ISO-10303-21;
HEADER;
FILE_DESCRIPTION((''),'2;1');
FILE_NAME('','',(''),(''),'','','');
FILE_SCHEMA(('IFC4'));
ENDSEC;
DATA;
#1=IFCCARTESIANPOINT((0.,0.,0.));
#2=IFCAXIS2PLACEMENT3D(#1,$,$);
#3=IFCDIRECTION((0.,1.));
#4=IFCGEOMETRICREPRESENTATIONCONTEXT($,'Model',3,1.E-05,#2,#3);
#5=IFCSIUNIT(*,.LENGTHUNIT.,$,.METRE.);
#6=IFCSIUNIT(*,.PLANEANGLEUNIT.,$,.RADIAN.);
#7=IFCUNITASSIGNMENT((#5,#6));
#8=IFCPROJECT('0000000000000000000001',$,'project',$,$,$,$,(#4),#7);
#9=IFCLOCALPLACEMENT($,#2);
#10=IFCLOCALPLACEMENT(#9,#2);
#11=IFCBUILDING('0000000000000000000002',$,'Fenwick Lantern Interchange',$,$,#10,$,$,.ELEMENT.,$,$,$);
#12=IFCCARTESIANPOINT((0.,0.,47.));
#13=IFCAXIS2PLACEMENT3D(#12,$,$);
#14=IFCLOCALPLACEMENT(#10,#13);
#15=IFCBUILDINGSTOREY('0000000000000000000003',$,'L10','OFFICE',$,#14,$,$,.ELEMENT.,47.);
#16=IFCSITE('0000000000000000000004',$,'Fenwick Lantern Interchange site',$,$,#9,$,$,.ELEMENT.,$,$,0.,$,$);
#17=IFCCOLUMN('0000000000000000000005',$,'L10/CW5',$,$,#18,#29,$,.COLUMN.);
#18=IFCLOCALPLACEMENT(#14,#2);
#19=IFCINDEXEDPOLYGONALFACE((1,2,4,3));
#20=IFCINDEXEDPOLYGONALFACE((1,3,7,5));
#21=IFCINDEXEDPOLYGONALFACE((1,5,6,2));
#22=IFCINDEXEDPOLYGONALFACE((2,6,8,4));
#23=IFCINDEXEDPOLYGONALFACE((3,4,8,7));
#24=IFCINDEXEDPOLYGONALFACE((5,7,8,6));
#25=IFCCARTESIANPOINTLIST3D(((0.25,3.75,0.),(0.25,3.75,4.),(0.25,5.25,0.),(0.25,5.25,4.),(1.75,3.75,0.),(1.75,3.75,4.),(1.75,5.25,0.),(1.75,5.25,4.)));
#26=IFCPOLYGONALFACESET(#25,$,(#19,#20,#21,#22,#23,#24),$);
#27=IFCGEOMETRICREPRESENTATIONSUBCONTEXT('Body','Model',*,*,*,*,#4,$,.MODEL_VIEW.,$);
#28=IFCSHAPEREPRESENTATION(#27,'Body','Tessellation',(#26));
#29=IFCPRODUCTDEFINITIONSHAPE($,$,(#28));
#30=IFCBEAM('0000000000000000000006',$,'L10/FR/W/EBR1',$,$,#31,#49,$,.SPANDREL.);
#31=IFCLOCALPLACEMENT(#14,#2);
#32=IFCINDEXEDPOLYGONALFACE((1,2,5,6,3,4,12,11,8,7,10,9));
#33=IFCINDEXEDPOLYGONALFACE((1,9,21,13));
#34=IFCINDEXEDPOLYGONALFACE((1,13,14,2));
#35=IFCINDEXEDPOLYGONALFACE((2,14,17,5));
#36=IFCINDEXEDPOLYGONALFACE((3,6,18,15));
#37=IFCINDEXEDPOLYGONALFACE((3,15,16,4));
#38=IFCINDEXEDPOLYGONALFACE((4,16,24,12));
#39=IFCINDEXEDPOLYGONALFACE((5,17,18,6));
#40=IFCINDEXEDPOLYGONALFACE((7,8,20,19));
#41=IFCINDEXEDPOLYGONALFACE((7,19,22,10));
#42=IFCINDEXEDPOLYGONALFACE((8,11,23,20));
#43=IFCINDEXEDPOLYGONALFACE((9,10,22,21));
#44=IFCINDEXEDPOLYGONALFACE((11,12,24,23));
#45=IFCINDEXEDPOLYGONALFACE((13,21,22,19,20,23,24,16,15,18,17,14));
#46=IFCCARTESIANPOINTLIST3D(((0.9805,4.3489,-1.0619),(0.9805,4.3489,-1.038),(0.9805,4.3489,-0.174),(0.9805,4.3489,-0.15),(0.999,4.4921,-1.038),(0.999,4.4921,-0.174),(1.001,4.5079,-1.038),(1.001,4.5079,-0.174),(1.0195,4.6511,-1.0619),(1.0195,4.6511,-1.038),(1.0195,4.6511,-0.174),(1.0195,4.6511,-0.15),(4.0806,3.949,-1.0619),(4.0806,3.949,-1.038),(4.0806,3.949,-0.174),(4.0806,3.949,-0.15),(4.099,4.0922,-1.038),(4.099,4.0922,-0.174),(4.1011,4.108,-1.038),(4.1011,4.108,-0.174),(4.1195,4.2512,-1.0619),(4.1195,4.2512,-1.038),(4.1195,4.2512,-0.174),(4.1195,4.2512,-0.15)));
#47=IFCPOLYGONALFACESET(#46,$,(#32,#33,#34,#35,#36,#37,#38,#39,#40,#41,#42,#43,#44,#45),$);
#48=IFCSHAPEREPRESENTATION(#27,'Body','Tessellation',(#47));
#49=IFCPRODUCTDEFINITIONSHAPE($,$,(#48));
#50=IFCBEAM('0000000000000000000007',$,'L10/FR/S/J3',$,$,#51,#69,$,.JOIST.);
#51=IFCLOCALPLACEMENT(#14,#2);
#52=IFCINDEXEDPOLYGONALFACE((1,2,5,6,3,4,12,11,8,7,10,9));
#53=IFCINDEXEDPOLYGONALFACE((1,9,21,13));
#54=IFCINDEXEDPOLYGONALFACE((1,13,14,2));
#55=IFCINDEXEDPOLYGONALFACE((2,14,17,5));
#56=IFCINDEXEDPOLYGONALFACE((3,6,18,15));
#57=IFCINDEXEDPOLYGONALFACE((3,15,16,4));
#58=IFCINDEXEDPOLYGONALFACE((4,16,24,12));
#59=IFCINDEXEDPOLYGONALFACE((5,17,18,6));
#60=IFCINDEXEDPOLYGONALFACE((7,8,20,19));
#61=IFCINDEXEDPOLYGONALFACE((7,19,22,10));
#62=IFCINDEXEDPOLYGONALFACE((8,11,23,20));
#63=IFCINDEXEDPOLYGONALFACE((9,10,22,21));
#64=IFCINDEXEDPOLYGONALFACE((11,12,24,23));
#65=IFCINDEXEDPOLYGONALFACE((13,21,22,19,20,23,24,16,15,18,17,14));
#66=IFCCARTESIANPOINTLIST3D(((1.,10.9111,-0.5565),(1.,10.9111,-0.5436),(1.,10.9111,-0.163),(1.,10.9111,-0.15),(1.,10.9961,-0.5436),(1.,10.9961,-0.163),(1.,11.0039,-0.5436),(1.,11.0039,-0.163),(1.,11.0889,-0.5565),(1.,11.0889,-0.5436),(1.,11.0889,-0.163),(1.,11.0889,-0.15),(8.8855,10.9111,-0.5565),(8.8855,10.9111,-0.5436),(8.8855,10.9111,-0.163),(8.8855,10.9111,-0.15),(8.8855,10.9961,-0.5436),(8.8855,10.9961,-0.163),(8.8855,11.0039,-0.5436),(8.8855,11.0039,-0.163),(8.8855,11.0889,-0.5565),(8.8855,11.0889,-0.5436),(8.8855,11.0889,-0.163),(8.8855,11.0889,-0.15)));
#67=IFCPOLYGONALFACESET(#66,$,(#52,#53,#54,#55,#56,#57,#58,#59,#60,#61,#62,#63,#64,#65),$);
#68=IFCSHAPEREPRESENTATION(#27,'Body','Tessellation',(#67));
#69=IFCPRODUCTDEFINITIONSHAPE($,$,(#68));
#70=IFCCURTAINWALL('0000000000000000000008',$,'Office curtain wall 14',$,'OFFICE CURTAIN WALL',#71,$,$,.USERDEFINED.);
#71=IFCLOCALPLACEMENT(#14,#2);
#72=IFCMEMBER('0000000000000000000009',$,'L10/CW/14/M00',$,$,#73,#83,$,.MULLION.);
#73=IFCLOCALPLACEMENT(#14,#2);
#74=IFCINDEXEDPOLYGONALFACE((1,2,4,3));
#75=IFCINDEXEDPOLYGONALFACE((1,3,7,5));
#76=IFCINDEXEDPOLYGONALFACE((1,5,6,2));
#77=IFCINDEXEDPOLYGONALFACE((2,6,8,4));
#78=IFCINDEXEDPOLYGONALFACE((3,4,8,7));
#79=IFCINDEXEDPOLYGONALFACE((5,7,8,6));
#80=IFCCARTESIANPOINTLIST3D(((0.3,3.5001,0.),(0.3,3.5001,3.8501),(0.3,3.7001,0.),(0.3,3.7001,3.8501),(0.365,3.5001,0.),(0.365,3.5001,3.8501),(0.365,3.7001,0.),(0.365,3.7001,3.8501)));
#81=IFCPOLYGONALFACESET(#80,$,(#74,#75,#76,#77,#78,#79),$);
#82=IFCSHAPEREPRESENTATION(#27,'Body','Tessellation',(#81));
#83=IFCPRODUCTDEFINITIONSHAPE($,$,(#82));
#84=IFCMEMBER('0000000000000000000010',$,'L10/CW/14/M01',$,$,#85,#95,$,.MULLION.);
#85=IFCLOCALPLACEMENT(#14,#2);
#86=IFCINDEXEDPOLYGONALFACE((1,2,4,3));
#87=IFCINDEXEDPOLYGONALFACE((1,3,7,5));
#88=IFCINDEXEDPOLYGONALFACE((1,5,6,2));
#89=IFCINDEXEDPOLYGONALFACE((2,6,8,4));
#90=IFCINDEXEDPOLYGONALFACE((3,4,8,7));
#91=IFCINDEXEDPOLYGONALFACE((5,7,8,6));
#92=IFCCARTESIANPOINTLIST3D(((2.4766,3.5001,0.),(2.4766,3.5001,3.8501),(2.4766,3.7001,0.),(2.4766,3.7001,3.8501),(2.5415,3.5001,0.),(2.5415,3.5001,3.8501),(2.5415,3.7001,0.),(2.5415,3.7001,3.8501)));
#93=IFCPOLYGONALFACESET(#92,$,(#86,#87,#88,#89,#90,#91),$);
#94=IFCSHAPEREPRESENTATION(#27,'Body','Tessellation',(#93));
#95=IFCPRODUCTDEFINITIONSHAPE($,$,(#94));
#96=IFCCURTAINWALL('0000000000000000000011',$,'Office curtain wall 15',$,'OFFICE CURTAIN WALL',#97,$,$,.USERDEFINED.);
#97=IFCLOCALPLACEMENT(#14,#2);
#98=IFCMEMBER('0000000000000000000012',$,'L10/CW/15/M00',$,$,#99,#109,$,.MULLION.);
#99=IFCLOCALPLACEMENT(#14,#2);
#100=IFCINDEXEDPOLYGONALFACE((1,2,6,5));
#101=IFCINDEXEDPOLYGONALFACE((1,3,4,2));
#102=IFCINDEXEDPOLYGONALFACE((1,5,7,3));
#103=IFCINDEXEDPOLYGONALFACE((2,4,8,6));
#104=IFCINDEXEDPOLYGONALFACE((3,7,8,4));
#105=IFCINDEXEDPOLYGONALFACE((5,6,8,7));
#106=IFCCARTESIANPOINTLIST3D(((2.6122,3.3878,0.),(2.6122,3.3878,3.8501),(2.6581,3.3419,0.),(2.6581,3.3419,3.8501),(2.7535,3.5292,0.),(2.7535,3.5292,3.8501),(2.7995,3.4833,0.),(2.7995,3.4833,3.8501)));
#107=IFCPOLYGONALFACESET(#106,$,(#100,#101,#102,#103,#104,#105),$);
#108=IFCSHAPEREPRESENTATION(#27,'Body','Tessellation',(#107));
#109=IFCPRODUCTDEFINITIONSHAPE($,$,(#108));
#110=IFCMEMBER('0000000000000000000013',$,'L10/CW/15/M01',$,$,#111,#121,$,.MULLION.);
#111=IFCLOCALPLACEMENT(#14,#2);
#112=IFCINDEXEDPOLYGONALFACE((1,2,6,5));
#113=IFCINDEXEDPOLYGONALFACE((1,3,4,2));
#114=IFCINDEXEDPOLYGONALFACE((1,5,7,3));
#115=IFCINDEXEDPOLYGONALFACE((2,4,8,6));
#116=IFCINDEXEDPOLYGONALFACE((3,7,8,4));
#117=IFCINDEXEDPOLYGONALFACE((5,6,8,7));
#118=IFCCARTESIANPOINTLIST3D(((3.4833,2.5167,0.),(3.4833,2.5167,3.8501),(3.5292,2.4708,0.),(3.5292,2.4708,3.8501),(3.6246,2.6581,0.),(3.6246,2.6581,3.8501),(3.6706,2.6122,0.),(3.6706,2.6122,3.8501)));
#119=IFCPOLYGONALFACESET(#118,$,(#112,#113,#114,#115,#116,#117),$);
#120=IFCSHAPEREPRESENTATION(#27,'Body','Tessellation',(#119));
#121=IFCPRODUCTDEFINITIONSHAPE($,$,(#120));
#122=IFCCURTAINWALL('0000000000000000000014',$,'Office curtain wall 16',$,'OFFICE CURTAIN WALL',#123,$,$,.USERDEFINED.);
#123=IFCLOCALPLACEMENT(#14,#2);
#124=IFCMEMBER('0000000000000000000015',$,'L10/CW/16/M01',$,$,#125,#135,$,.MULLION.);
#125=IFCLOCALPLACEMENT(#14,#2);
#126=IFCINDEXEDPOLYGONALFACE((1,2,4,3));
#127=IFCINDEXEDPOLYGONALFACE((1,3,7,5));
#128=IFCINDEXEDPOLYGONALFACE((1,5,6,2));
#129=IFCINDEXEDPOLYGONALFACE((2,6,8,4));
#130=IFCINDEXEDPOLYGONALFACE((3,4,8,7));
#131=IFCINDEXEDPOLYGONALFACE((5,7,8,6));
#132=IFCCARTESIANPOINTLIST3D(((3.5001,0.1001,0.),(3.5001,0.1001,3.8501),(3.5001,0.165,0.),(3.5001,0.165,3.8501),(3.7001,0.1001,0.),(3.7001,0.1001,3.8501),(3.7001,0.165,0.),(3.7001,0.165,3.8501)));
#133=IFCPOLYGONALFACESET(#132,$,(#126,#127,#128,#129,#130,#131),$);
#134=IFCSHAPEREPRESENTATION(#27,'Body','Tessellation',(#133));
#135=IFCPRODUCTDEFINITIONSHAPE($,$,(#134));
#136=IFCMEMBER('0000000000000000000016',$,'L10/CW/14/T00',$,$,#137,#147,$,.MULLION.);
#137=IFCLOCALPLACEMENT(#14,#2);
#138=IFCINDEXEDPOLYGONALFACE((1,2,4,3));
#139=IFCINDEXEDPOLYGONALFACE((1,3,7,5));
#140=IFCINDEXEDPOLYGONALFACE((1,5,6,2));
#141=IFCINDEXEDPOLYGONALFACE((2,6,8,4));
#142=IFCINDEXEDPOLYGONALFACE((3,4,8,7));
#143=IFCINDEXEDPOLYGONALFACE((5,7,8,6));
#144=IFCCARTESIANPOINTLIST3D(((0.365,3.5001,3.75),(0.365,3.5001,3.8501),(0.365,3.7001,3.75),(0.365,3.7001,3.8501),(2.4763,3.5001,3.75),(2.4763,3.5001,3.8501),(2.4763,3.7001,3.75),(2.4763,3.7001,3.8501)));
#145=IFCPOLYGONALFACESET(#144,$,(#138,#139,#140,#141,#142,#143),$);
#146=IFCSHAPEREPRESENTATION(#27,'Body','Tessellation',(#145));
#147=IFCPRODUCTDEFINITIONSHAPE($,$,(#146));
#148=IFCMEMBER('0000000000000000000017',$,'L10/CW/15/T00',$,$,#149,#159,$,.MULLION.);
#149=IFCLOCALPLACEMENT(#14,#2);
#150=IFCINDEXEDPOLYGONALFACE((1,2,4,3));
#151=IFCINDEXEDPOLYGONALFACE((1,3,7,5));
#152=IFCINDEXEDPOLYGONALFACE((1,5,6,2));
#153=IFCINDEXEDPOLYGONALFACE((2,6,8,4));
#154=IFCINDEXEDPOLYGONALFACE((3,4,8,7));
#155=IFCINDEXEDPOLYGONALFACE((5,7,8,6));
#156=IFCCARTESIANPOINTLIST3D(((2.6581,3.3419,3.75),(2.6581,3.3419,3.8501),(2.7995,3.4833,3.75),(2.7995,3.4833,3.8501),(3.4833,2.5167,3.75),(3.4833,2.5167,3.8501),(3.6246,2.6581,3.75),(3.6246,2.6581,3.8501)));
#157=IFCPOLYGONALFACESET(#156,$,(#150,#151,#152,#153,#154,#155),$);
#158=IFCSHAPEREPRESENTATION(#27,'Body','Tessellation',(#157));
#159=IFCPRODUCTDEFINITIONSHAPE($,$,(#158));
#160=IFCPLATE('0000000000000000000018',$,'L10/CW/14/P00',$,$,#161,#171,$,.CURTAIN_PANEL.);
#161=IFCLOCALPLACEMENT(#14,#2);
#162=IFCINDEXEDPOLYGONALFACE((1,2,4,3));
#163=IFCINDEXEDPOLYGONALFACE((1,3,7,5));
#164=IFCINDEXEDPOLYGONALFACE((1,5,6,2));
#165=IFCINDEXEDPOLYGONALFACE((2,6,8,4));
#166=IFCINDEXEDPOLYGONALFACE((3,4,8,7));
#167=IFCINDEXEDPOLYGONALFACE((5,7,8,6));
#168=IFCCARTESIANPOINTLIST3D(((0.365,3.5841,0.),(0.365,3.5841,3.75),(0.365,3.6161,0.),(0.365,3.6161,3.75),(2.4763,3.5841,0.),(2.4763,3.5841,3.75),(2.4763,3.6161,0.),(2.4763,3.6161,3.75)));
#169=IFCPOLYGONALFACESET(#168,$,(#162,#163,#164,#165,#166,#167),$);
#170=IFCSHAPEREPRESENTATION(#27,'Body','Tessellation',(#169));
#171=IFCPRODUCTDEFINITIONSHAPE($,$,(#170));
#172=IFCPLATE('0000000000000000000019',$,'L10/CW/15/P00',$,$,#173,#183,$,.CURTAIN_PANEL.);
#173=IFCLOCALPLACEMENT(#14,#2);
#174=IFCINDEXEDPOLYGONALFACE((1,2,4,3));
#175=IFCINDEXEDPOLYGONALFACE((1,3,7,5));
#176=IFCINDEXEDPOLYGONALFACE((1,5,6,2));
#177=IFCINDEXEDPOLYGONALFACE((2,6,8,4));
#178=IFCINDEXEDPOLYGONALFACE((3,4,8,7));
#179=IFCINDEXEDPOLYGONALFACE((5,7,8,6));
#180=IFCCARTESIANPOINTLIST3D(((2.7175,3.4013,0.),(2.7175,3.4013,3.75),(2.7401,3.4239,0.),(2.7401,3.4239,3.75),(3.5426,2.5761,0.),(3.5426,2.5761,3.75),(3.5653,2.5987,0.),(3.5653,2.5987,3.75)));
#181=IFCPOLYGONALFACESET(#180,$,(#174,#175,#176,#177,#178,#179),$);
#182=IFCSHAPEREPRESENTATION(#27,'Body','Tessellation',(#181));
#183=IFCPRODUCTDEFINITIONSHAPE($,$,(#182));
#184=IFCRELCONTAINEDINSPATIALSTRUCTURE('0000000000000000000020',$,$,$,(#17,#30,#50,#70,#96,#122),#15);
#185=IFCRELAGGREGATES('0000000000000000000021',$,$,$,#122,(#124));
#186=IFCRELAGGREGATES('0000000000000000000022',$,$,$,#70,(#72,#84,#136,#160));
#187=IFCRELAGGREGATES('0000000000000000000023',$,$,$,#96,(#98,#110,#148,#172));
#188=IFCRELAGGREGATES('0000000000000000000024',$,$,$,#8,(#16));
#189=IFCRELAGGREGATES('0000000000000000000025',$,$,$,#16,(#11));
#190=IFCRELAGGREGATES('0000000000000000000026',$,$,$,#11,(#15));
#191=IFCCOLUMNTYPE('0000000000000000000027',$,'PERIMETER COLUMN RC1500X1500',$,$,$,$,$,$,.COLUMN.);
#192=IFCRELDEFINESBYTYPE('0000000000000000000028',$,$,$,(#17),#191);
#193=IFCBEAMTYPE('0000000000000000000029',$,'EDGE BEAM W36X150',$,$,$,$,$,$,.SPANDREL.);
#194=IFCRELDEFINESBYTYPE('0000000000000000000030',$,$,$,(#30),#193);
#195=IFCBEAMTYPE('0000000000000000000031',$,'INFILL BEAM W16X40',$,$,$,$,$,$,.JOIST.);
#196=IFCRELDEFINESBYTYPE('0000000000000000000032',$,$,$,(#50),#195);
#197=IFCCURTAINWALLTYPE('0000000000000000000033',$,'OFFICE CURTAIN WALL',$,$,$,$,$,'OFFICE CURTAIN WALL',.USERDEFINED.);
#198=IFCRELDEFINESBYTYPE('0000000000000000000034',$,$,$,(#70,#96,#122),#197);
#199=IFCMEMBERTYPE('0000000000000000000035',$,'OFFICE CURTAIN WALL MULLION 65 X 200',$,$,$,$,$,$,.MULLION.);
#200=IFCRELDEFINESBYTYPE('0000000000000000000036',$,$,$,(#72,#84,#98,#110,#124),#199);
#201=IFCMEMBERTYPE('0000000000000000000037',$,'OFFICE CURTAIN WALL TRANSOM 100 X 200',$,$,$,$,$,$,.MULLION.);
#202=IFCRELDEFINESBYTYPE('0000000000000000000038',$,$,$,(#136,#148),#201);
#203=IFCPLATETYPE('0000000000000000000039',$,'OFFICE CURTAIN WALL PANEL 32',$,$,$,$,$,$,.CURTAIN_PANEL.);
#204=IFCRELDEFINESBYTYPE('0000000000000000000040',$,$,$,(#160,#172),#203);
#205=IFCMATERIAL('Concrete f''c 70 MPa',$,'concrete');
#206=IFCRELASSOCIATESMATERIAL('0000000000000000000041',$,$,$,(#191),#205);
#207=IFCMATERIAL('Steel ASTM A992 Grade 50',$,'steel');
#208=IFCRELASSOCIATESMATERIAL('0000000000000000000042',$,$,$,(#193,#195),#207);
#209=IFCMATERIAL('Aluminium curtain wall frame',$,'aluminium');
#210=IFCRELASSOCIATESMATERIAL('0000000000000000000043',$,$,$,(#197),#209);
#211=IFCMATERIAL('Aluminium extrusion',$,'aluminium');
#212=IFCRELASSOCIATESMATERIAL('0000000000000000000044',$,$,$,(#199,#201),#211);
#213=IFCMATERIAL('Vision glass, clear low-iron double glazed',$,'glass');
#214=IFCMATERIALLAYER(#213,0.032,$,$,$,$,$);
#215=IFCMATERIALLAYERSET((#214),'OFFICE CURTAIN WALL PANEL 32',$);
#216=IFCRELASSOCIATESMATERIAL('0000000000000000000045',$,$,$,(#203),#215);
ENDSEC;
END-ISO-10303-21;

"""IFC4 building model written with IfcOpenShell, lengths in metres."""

from ifc_helpers import new_model, si_unit, direction, frame, origin, origin_2d, place, context, subcontext, project, spatial, rectangle, i_section, extrude, material, layer, layer_set, material_profile, profile_set, type_object, element, aggregate, save


model = new_model("IFC4")

# Units and contexts
model_context = context("Model", 3, precision=1e-05, world=origin(), true_north=direction((0.0, 1.0)))
body_context = subcontext(model_context, "Body", "Model", "MODEL_VIEW")
ifc_project = project(units=[si_unit("LENGTHUNIT", "METRE"), si_unit("PLANEANGLEUNIT", "RADIAN")], contexts=[model_context])

# Site, building, storey
site_placement = place(None, origin())
site = spatial("IfcSite", under=ifc_project, at=site_placement, Name="Fenwick Lantern Interchange site", CompositionType="ELEMENT", RefElevation=0.0)
building_placement = place(site_placement, origin())
building = spatial("IfcBuilding", under=site, at=building_placement, Name="Fenwick Lantern Interchange", CompositionType="ELEMENT")
storey_placement = place(building_placement, frame((0.0, 0.0, 47.0)))
storey = spatial("IfcBuildingStorey", under=building, at=storey_placement, Name="L10", Description="OFFICE", CompositionType="ELEMENT", Elevation=47.0)

# Column
ifc_material_1 = material(Name="Concrete f'c 70 MPa", Category="concrete")
ifc_material_profile_1 = material_profile(ifc_material_1, rectangle(XDim=1.5, YDim=1.5, at=origin_2d()), Name="RC1500X1500")
ifc_profile_set_1 = profile_set([ifc_material_profile_1], Name="Concrete f'c 70 MPa")
column_type = type_object("IfcColumnType", Name="PERIMETER COLUMN RC1500X1500", PredefinedType="COLUMN", material=ifc_profile_set_1)
column_placement = place(storey_placement, frame((1.0, 4.5, 0.0), z_axis=(0.0, 0.0, 1.0), x_axis=(1.0, 0.0, 0.0)))
element("IfcColumn", 1, at=column_placement, inside=storey, type_object=column_type, Name="L10/CW5", PredefinedType="COLUMN", context=body_context, shape_type="SweptSolid", body=[
    extrude(rectangle(XDim=1.5, YDim=1.5, at=origin_2d()), origin(), (0.0, 0.0, 1.0), 4.0),
])

# Beams
ifc_material_2 = material(Name="Steel ASTM A992 Grade 50", Category="steel")
ifc_material_profile_2 = material_profile(ifc_material_2, i_section(OverallWidth=0.3047, OverallDepth=0.9119, WebThickness=0.0159, FlangeThickness=0.0239, at=origin_2d()), Name="W36X150")
ifc_profile_set_2 = profile_set([ifc_material_profile_2], Name="Steel ASTM A992 Grade 50")
beam_type_1 = type_object("IfcBeamType", Name="EDGE BEAM W36X150", PredefinedType="SPANDREL", material=ifc_profile_set_2)
beam_1_placement = place(storey_placement, frame((1.0, 4.5, -0.606), z_axis=(0.991782, -0.127937, 0.0), x_axis=(0.127937, 0.991782, 0.0)))
element("IfcBeam", 2, at=beam_1_placement, inside=storey, type_object=beam_type_1, Name="L10/FR/W/EBR1", PredefinedType="SPANDREL", context=body_context, shape_type="SweptSolid", body=[
    extrude(i_section(OverallWidth=0.3047, OverallDepth=0.9119, WebThickness=0.0159, FlangeThickness=0.0239, at=origin_2d()), origin(), (0.0, 0.0, 1.0), 3.1257),
])
ifc_material_profile_3 = material_profile(ifc_material_2, i_section(OverallWidth=0.1777, OverallDepth=0.4065, WebThickness=0.0078, FlangeThickness=0.0129, at=origin_2d()), Name="W16X40")
ifc_profile_set_3 = profile_set([ifc_material_profile_3], Name="Steel ASTM A992 Grade 50")
beam_type_2 = type_object("IfcBeamType", Name="INFILL BEAM W16X40", PredefinedType="JOIST", material=ifc_profile_set_3)
beam_2_placement = place(storey_placement, frame((1.0, 11.0, -0.3533), z_axis=(1.0, 0.0, 0.0), x_axis=(0.0, 1.0, 0.0)))
element("IfcBeam", 3, at=beam_2_placement, inside=storey, type_object=beam_type_2, Name="L10/FR/S/J3", PredefinedType="JOIST", context=body_context, shape_type="SweptSolid", body=[
    extrude(i_section(OverallWidth=0.1777, OverallDepth=0.4065, WebThickness=0.0078, FlangeThickness=0.0129, at=origin_2d()), origin(), (0.0, 0.0, 1.0), 7.8855),
])

# Curtain walls, members
ifc_material_3 = material(Name="Aluminium curtain wall frame", Category="aluminium")
curtain_wall_type = type_object("IfcCurtainWallType", Name="OFFICE CURTAIN WALL", ElementType="OFFICE CURTAIN WALL", PredefinedType="USERDEFINED", material=ifc_material_3)
curtain_wall_1_placement = place(storey_placement, origin())
curtain_wall_1 = element("IfcCurtainWall", 4, at=curtain_wall_1_placement, inside=storey, type_object=curtain_wall_type, Name="Office curtain wall 14", ObjectType="OFFICE CURTAIN WALL", PredefinedType="USERDEFINED")
ifc_material_4 = material(Name="Aluminium extrusion", Category="aluminium")
ifc_material_profile_4 = material_profile(ifc_material_4, rectangle(XDim=0.2, YDim=0.0649, at=origin_2d()), Name="OFFICE CURTAIN WALL MULLION 65 X 200")
ifc_profile_set_4 = profile_set([ifc_material_profile_4], Name="Aluminium extrusion")
member_type_1 = type_object("IfcMemberType", Name="OFFICE CURTAIN WALL MULLION 65 X 200", PredefinedType="MULLION", material=ifc_profile_set_4)
member_1_placement = place(storey_placement, frame((0.3325, 3.6001, 0.0), z_axis=(0.0, 0.0, 1.0), x_axis=(0.0, 1.0, 0.0)))
member_1 = element("IfcMember", 5, at=member_1_placement, type_object=member_type_1, Name="L10/CW/14/M00", PredefinedType="MULLION", context=body_context, shape_type="SweptSolid", body=[
    extrude(rectangle(XDim=0.2, YDim=0.0649, at=origin_2d()), origin(), (0.0, 0.0, 1.0), 3.8501),
])
member_2_placement = place(storey_placement, frame((2.509, 3.6001, 0.0), z_axis=(0.0, 0.0, 1.0), x_axis=(0.0, 1.0, 0.0)))
member_2 = element("IfcMember", 6, at=member_2_placement, type_object=member_type_1, Name="L10/CW/14/M01", PredefinedType="MULLION", context=body_context, shape_type="SweptSolid", body=[
    extrude(rectangle(XDim=0.2, YDim=0.0649, at=origin_2d()), origin(), (0.0, 0.0, 1.0), 3.8501),
])
curtain_wall_2_placement = place(storey_placement, origin())
curtain_wall_2 = element("IfcCurtainWall", 7, at=curtain_wall_2_placement, inside=storey, type_object=curtain_wall_type, Name="Office curtain wall 15", ObjectType="OFFICE CURTAIN WALL", PredefinedType="USERDEFINED")
member_3_placement = place(storey_placement, frame((2.7058, 3.4355, 0.0), z_axis=(0.0, 0.0, 1.0), x_axis=(0.707107, 0.707107, 0.0)))
member_3 = element("IfcMember", 8, at=member_3_placement, type_object=member_type_1, Name="L10/CW/15/M00", PredefinedType="MULLION", context=body_context, shape_type="SweptSolid", body=[
    extrude(rectangle(XDim=0.2, YDim=0.0649, at=origin_2d()), origin(), (0.0, 0.0, 1.0), 3.8501),
])
member_4_placement = place(storey_placement, frame((3.5769, 2.5645, 0.0), z_axis=(0.0, 0.0, 1.0), x_axis=(0.707107, 0.707107, 0.0)))
member_4 = element("IfcMember", 9, at=member_4_placement, type_object=member_type_1, Name="L10/CW/15/M01", PredefinedType="MULLION", context=body_context, shape_type="SweptSolid", body=[
    extrude(rectangle(XDim=0.2, YDim=0.0649, at=origin_2d()), origin(), (0.0, 0.0, 1.0), 3.8501),
])

# Curtain wall, member
curtain_wall_3_placement = place(storey_placement, origin())
curtain_wall_3 = element("IfcCurtainWall", 10, at=curtain_wall_3_placement, inside=storey, type_object=curtain_wall_type, Name="Office curtain wall 16", ObjectType="OFFICE CURTAIN WALL", PredefinedType="USERDEFINED")
member_5_placement = place(storey_placement, frame((3.6001, 0.1326, 0.0), z_axis=(0.0, 0.0, 1.0), x_axis=(1.0, 0.0, 0.0)))
member_5 = element("IfcMember", 11, at=member_5_placement, type_object=member_type_1, Name="L10/CW/16/M01", PredefinedType="MULLION", context=body_context, shape_type="SweptSolid", body=[
    extrude(rectangle(XDim=0.2, YDim=0.0649, at=origin_2d()), origin(), (0.0, 0.0, 1.0), 3.8501),
])
aggregate(curtain_wall_3, [member_5])

# Members
ifc_material_profile_5 = material_profile(ifc_material_4, rectangle(XDim=0.2, YDim=0.1001, at=origin_2d()), Name="OFFICE CURTAIN WALL TRANSOM 100 X 200")
ifc_profile_set_5 = profile_set([ifc_material_profile_5], Name="Aluminium extrusion")
member_type_2 = type_object("IfcMemberType", Name="OFFICE CURTAIN WALL TRANSOM 100 X 200", PredefinedType="MULLION", material=ifc_profile_set_5)
member_6_placement = place(storey_placement, frame((0.365, 3.6001, 3.8), z_axis=(1.0, 0.0, 0.0), x_axis=(0.0, 1.0, 0.0)))
member_6 = element("IfcMember", 12, at=member_6_placement, type_object=member_type_2, Name="L10/CW/14/T00", PredefinedType="MULLION", context=body_context, shape_type="SweptSolid", body=[
    extrude(rectangle(XDim=0.2, YDim=0.1001, at=origin_2d()), origin(), (0.0, 0.0, 1.0), 2.1113),
])
member_7_placement = place(storey_placement, frame((2.7288, 3.4126, 3.8), z_axis=(0.707107, -0.707107, 0.0), x_axis=(0.707107, 0.707107, 0.0)))
member_7 = element("IfcMember", 13, at=member_7_placement, type_object=member_type_2, Name="L10/CW/15/T00", PredefinedType="MULLION", context=body_context, shape_type="SweptSolid", body=[
    extrude(rectangle(XDim=0.2, YDim=0.1001, at=origin_2d()), origin(), (0.0, 0.0, 1.0), 1.167),
])

# Shared definitions
ifc_material_5 = material(Name="Vision glass, clear low-iron double glazed", Category="glass")
ifc_layer_1 = layer(ifc_material_5, 0.032)
ifc_layer_set_1 = layer_set([ifc_layer_1], Name="OFFICE CURTAIN WALL PANEL 32")
plate_type = type_object("IfcPlateType", Name="OFFICE CURTAIN WALL PANEL 32", PredefinedType="CURTAIN_PANEL", material=ifc_layer_set_1)

# Plates
plate_1_placement = place(storey_placement, frame((1.4207, 3.6001, 0.0), z_axis=(0.0, 0.0, 1.0), x_axis=(1.0, 0.0, 0.0)))
plate_1 = element("IfcPlate", 14, at=plate_1_placement, type_object=plate_type, Name="L10/CW/14/P00", PredefinedType="CURTAIN_PANEL", context=body_context, shape_type="SweptSolid", body=[
    extrude(rectangle(XDim=2.1113, YDim=0.032, at=origin_2d()), origin(), (0.0, 0.0, 1.0), 3.75),
])
aggregate(curtain_wall_1, [member_1, member_2, member_6, plate_1])
plate_2_placement = place(storey_placement, frame((3.1414, 3.0, 0.0), z_axis=(0.0, 0.0, 1.0), x_axis=(0.707107, -0.707107, 0.0)))
plate_2 = element("IfcPlate", 15, at=plate_2_placement, type_object=plate_type, Name="L10/CW/15/P00", PredefinedType="CURTAIN_PANEL", context=body_context, shape_type="SweptSolid", body=[
    extrude(rectangle(XDim=1.167, YDim=0.032, at=origin_2d()), origin(), (0.0, 0.0, 1.0), 3.75),
])
aggregate(curtain_wall_2, [member_3, member_4, member_7, plate_2])

save(model, "model.ifc")
